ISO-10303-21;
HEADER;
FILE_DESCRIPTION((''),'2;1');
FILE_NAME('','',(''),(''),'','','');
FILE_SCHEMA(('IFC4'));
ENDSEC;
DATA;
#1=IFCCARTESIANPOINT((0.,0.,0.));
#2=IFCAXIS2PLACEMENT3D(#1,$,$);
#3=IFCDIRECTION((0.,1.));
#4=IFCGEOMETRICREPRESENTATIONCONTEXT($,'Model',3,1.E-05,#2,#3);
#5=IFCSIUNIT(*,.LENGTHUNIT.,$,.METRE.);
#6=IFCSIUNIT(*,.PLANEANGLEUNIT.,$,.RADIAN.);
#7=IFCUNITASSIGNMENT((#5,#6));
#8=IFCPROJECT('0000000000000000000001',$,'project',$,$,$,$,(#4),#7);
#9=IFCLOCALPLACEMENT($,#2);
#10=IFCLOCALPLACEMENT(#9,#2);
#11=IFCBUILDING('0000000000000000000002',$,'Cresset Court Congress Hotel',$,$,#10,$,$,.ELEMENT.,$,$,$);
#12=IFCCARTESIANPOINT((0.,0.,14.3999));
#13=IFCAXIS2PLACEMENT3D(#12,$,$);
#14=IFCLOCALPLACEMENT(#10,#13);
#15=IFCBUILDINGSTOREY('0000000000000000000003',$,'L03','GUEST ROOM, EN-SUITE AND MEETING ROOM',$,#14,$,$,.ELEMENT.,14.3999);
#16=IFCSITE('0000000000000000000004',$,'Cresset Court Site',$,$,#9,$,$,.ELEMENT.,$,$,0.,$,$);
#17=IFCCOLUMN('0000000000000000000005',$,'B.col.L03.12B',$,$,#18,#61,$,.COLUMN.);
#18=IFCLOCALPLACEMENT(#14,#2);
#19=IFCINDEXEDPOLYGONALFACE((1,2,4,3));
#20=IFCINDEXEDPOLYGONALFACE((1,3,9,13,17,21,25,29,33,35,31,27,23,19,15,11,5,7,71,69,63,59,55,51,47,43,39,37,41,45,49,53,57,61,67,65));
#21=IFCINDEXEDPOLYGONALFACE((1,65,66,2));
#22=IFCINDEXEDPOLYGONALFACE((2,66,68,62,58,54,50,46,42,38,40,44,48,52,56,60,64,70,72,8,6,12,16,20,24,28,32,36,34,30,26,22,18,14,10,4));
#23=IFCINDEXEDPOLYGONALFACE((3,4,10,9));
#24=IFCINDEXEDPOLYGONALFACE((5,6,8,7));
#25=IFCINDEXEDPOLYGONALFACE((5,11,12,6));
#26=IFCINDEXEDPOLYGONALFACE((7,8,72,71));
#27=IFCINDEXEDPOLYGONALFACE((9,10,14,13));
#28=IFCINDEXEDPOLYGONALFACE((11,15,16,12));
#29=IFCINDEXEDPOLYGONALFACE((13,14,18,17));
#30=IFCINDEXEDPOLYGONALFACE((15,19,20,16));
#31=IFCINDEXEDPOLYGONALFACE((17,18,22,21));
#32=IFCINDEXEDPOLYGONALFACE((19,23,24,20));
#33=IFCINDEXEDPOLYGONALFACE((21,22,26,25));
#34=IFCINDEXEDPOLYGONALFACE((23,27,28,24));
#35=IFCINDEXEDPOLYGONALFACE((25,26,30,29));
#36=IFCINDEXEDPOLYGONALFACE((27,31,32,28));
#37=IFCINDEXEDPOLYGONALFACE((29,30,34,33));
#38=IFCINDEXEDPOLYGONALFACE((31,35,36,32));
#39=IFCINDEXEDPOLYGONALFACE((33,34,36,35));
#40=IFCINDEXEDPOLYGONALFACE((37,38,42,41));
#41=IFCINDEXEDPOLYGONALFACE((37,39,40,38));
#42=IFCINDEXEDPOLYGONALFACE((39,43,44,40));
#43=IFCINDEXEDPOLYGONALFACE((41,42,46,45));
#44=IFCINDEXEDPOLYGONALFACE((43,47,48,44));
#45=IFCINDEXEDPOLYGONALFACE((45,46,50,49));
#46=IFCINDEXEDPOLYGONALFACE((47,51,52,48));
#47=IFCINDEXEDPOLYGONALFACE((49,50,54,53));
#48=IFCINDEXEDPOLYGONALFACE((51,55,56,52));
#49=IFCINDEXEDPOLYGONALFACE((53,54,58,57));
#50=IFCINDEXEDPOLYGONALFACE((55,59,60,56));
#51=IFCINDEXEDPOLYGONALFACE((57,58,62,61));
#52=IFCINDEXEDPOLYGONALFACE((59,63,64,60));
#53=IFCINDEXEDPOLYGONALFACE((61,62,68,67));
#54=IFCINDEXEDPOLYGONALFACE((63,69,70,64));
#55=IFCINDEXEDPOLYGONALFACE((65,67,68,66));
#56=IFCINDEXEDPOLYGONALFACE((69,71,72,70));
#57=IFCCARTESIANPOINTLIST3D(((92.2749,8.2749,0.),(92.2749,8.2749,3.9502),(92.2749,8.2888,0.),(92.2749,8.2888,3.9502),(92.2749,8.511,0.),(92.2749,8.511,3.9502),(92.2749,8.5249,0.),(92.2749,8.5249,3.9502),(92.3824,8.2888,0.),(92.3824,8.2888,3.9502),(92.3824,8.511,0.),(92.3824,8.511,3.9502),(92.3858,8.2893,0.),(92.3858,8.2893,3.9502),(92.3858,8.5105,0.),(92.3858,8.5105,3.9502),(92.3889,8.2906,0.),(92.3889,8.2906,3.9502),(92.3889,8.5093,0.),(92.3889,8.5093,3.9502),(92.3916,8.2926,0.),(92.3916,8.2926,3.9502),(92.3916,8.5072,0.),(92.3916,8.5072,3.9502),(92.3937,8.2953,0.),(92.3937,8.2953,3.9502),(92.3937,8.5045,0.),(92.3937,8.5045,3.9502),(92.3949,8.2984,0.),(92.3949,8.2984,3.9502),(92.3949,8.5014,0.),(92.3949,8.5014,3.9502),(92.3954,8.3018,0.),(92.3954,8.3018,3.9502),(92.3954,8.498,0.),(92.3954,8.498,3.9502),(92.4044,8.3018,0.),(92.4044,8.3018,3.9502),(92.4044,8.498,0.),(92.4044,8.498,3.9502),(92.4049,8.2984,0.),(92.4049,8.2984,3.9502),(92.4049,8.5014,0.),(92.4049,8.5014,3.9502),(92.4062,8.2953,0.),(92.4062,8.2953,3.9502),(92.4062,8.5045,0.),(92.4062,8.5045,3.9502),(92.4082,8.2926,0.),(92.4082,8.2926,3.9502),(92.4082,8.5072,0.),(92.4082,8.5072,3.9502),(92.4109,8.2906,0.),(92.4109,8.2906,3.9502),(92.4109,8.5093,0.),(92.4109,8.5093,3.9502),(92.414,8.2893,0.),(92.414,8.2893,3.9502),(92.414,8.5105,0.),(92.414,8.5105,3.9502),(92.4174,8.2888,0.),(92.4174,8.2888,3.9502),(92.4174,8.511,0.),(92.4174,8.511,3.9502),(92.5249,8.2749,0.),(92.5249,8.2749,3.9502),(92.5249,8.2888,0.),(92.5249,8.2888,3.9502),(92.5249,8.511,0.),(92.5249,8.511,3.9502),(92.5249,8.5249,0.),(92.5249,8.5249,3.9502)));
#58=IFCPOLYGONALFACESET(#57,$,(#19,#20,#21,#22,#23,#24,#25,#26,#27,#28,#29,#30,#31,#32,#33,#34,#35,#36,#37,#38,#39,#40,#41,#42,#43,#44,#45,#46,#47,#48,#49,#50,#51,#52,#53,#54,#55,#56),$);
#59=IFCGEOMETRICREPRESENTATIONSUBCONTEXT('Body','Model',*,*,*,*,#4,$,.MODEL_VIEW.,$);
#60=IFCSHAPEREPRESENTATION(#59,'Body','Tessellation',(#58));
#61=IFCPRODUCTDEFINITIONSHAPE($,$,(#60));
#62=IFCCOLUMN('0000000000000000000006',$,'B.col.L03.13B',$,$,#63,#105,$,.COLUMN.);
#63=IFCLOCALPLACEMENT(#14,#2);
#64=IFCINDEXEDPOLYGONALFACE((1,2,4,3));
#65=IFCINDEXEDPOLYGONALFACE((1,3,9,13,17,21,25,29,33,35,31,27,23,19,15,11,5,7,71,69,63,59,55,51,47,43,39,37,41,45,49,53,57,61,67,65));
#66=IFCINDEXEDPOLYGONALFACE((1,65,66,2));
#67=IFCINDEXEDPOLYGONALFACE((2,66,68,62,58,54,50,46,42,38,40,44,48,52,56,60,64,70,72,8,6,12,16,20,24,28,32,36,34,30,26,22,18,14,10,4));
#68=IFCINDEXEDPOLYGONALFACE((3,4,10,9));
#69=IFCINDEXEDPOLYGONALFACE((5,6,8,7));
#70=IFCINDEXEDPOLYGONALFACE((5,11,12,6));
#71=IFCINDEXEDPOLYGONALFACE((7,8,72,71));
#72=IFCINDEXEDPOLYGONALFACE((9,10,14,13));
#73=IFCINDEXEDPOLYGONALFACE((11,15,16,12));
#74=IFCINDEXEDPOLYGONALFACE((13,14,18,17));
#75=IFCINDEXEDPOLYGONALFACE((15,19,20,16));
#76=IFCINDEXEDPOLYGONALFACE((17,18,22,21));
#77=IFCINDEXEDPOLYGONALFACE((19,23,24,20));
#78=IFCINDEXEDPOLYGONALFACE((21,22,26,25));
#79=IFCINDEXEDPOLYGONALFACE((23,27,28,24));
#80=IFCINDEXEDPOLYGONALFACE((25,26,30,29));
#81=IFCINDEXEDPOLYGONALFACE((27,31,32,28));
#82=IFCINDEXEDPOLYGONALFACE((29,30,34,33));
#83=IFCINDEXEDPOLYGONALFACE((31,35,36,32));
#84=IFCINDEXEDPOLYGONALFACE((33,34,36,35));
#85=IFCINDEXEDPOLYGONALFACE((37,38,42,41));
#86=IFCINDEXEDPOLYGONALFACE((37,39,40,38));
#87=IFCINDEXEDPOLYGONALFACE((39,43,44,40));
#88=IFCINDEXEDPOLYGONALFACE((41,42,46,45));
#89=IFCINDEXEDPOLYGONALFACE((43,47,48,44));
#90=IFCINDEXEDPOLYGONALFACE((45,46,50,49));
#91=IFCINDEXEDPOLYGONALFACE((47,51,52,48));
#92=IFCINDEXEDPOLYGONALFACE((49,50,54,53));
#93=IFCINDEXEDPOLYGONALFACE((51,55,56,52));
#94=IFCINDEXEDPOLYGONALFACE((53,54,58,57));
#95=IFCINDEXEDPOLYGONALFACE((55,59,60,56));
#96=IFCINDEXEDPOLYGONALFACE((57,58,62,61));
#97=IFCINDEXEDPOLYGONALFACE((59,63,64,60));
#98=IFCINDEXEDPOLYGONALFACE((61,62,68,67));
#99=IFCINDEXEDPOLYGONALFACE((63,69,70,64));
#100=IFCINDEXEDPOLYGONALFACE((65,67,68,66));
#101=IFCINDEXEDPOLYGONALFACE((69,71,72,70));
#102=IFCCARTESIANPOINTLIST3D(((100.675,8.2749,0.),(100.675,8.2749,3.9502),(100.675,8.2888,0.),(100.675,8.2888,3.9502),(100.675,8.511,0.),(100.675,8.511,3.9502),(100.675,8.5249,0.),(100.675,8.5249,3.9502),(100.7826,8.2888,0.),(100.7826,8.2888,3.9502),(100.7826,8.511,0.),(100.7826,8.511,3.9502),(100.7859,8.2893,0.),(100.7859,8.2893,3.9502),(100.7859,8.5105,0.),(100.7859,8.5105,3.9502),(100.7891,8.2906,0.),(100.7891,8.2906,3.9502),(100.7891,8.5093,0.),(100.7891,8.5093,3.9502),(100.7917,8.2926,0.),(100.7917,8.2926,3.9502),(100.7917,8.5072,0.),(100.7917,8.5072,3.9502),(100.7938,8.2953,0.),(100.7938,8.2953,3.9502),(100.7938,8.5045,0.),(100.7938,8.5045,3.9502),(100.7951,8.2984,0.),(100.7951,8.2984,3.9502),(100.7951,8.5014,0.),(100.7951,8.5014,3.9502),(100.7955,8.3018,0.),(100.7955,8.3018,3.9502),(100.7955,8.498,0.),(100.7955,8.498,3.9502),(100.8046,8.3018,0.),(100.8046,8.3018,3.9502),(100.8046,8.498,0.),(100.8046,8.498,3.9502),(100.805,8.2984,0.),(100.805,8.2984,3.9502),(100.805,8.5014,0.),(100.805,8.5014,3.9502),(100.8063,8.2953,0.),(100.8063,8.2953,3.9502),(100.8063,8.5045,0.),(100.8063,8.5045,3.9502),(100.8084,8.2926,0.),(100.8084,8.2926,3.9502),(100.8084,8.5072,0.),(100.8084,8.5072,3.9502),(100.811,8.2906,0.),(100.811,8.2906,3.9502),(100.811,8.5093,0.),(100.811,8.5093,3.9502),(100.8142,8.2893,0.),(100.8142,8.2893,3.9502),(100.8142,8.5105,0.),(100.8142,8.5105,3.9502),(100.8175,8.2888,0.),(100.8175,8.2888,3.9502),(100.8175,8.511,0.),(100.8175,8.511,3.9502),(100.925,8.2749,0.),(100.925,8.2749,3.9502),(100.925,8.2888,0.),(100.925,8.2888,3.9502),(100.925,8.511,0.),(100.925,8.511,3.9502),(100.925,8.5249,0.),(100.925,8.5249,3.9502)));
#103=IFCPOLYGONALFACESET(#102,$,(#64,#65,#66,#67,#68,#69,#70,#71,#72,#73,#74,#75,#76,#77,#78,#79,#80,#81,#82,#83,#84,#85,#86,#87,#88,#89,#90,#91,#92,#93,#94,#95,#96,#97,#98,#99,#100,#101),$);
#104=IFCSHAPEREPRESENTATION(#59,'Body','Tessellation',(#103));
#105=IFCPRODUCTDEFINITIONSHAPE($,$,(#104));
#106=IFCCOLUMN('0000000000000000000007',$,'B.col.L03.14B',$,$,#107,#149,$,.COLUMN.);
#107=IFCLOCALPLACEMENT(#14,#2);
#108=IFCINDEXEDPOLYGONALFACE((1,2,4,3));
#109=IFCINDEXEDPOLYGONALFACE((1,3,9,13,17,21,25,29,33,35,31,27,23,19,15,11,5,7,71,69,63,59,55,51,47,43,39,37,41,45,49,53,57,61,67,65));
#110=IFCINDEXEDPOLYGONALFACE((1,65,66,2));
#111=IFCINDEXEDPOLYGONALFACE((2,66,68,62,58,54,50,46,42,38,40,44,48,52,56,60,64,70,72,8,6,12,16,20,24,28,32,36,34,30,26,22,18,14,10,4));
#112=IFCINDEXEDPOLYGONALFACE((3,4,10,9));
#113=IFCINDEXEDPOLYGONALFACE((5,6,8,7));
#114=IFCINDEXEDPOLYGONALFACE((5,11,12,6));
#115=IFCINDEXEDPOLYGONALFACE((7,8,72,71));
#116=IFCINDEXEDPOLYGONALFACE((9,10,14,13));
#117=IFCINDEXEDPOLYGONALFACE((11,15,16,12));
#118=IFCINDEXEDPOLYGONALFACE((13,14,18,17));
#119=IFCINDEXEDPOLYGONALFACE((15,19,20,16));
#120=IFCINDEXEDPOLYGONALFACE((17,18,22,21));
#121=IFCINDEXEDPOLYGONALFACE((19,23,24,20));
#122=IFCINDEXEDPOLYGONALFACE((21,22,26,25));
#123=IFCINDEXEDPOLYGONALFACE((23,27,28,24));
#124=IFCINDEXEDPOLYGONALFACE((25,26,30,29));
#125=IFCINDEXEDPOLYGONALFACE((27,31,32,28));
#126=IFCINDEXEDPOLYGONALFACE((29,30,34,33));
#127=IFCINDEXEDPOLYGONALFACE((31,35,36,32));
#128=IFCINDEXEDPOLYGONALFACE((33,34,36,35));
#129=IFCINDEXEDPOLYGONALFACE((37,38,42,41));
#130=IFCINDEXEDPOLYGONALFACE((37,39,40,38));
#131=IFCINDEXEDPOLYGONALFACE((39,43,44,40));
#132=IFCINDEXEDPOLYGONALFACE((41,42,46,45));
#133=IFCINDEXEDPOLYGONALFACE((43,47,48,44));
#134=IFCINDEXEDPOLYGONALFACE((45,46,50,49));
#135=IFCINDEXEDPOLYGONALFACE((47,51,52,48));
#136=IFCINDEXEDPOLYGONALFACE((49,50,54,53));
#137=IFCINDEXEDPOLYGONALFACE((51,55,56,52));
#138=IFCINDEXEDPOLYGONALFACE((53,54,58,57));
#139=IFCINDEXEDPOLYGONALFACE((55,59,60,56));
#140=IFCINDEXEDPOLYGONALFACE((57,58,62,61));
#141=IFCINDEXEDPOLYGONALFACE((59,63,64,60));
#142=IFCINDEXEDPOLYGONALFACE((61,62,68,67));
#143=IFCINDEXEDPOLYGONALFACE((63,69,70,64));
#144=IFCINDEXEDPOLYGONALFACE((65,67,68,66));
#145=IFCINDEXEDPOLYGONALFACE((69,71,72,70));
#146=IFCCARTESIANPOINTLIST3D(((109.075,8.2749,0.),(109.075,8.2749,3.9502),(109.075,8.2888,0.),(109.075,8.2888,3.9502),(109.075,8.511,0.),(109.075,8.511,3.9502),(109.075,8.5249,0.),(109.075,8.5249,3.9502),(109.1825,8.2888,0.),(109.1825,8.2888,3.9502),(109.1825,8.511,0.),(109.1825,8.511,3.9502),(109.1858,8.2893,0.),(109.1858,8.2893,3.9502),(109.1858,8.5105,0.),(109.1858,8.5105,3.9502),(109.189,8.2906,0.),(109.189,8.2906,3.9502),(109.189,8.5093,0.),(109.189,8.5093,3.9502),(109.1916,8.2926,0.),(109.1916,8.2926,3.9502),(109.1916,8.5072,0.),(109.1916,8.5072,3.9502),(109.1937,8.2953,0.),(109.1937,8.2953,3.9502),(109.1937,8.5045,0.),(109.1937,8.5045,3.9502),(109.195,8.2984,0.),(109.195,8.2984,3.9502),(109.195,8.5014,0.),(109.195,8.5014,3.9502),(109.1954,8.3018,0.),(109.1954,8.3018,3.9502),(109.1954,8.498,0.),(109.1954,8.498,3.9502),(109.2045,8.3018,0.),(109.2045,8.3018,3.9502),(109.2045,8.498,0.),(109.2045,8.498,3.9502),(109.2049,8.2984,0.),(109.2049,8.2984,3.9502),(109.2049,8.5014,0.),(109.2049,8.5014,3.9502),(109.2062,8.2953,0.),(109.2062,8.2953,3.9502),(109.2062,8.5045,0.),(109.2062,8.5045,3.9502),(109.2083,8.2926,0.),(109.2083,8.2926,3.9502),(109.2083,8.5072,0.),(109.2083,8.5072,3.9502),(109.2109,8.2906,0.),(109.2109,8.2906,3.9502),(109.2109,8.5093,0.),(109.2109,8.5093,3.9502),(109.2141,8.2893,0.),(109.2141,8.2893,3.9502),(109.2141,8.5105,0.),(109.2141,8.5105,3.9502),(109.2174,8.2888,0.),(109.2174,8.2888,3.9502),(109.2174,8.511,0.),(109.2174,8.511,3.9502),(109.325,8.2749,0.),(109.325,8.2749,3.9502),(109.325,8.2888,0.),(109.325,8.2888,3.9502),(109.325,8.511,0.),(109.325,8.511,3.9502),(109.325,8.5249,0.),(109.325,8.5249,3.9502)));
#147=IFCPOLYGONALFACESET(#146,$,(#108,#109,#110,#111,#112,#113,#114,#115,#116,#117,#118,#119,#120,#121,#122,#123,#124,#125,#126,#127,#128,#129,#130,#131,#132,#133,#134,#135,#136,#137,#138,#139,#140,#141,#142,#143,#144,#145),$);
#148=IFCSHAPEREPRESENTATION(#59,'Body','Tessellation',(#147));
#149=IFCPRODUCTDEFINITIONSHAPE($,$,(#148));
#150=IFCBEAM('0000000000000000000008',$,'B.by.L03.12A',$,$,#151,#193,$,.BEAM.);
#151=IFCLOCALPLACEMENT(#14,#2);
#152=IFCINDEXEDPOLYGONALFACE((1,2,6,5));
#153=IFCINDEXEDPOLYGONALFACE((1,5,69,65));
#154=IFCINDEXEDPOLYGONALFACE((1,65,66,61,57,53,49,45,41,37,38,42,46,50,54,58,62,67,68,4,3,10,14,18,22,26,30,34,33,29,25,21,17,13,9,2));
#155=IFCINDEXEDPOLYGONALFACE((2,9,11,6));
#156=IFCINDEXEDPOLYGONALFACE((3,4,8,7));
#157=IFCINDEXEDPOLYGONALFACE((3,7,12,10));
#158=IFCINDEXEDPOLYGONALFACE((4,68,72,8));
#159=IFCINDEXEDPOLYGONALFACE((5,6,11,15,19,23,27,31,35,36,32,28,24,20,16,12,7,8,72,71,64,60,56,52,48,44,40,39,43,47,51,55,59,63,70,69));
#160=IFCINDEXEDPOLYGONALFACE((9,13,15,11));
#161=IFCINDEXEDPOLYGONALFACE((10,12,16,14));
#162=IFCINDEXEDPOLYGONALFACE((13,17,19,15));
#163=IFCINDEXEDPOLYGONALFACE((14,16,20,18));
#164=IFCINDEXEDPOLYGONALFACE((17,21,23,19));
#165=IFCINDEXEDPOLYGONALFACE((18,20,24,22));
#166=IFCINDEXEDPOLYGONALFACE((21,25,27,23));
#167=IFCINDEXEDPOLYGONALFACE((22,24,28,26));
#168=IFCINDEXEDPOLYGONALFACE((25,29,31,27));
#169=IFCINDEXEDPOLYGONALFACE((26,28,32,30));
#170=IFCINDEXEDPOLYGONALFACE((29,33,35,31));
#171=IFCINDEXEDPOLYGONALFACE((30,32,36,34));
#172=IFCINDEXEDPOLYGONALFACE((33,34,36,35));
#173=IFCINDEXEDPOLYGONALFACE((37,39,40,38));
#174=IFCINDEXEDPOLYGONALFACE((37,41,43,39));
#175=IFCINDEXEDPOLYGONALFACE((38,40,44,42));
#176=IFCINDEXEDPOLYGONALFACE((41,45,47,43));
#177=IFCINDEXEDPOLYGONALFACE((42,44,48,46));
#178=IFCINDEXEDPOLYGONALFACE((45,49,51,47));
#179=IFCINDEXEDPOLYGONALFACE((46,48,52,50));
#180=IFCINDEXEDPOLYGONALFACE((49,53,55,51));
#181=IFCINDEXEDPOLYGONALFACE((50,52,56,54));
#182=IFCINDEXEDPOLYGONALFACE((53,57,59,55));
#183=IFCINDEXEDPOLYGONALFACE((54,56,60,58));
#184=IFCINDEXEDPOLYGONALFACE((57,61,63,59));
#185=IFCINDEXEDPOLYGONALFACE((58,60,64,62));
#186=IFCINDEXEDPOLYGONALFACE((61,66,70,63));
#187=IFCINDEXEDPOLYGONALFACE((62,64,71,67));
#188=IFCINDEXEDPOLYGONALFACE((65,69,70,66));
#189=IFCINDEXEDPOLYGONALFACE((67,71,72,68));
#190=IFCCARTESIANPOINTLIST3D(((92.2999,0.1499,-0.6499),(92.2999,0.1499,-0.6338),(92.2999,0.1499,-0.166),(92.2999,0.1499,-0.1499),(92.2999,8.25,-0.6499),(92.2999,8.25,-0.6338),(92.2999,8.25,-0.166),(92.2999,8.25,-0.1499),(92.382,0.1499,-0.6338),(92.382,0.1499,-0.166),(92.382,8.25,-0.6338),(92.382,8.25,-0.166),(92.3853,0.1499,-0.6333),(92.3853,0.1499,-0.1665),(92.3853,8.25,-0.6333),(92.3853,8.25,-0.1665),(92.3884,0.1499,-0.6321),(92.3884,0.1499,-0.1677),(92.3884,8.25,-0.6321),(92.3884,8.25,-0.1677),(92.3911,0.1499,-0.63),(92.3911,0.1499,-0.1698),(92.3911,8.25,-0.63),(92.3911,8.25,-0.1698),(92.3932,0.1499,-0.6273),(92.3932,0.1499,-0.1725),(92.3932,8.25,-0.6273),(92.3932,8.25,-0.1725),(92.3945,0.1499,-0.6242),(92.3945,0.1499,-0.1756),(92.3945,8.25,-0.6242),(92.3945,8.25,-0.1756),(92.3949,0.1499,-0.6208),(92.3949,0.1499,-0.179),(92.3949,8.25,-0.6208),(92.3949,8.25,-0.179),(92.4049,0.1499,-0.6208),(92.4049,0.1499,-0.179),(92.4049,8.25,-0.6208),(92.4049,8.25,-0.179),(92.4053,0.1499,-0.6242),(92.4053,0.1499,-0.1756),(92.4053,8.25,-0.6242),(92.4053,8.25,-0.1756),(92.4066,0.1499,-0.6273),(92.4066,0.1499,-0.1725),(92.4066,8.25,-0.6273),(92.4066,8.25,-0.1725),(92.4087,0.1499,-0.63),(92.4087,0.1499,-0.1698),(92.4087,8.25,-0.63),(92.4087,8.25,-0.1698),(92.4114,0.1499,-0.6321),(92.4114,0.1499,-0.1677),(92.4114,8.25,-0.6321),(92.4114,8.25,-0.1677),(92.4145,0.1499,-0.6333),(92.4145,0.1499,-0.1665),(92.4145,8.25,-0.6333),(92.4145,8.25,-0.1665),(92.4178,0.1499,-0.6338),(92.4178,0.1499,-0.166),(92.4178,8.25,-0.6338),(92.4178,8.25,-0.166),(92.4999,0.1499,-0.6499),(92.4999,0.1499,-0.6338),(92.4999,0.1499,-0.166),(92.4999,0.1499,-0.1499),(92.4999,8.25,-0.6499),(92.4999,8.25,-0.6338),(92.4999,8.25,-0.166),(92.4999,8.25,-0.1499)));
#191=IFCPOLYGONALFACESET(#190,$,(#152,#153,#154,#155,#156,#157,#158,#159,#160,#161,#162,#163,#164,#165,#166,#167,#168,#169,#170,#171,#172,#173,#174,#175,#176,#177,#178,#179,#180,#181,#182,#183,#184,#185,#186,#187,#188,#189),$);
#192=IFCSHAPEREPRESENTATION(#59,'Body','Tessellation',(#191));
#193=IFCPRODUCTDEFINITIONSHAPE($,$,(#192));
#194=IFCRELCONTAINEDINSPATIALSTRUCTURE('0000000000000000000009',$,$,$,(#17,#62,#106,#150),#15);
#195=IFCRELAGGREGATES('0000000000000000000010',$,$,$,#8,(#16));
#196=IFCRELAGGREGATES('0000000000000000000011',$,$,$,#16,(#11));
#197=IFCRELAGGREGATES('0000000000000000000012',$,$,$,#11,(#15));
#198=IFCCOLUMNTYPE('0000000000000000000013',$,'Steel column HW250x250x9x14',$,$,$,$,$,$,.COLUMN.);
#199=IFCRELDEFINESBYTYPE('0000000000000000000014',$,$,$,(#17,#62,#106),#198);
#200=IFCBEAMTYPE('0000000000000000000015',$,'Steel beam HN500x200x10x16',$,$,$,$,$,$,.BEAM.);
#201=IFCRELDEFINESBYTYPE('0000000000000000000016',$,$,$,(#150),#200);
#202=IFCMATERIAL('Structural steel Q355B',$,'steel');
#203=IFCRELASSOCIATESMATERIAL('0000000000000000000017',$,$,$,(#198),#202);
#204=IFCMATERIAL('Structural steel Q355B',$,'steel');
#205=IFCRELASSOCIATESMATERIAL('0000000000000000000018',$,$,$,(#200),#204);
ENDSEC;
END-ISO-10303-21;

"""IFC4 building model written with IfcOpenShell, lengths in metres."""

from ifc_helpers import new_model, si_unit, direction, frame, origin, origin_2d, place, context, subcontext, project, spatial, i_section, extrude, material, material_profile, profile_set, type_object, element, save


model = new_model("IFC4")

# Units and contexts
model_context = context("Model", 3, precision=1e-05, world=origin(), true_north=direction((0.0, 1.0)))
body_context = subcontext(model_context, "Body", "Model", "MODEL_VIEW")
ifc_project = project(units=[si_unit("LENGTHUNIT", "METRE"), si_unit("PLANEANGLEUNIT", "RADIAN")], contexts=[model_context])

# Site, building, storey
site_placement = place(None, origin())
site = spatial("IfcSite", under=ifc_project, at=site_placement, Name="Cresset Court Site", CompositionType="ELEMENT", RefElevation=0.0)
building_placement = place(site_placement, origin())
building = spatial("IfcBuilding", under=site, at=building_placement, Name="Cresset Court Congress Hotel", CompositionType="ELEMENT")
storey_placement = place(building_placement, frame((0.0, 0.0, 14.3999)))
storey = spatial("IfcBuildingStorey", under=building, at=storey_placement, Name="L03", Description="GUEST ROOM, EN-SUITE AND MEETING ROOM", CompositionType="ELEMENT", Elevation=14.3999)

# Columns
ifc_material_1 = material(Name="Structural steel Q355B", Category="steel")
ifc_material_profile_1 = material_profile(ifc_material_1, i_section(OverallWidth=0.25, OverallDepth=0.25, WebThickness=0.009, FlangeThickness=0.0139, FilletRadius=0.0129, at=origin_2d()), Name="HW250x250x9x14")
ifc_profile_set_1 = profile_set([ifc_material_profile_1], Name="Structural steel Q355B")
column_type = type_object("IfcColumnType", Name="Steel column HW250x250x9x14", PredefinedType="COLUMN", material=ifc_profile_set_1)
for number, where, z_axis, x_axis, name in (
    (1, (92.3999, 8.3999, 0.0), (0.0, 0.0, 1.0), (1.0, 0.0, 0.0), "B.col.L03.12B"),
    (2, (100.8, 8.3999, 0.0), (0.0, 0.0, 1.0), (1.0, 0.0, 0.0), "B.col.L03.13B"),
    (3, (109.2, 8.3999, 0.0), (0.0, 0.0, 1.0), (1.0, 0.0, 0.0), "B.col.L03.14B"),
):
    element("IfcColumn", number, at=place(storey_placement, frame(where, z_axis=z_axis, x_axis=x_axis)), inside=storey, type_object=column_type, Name=name, PredefinedType="COLUMN", context=body_context, shape_type="SweptSolid", body=[
        extrude(i_section(OverallWidth=0.25, OverallDepth=0.25, WebThickness=0.009, FlangeThickness=0.0139, FilletRadius=0.0129, at=origin_2d()), origin(), (0.0, 0.0, 1.0), 3.9502),
    ])

# Beam
ifc_material_2 = material(Name="Structural steel Q355B", Category="steel")
ifc_material_profile_2 = material_profile(ifc_material_2, i_section(OverallWidth=0.2, OverallDepth=0.5, WebThickness=0.01, FlangeThickness=0.0161, FilletRadius=0.0129, at=origin_2d()), Name="HN500x200x10x16")
ifc_profile_set_2 = profile_set([ifc_material_profile_2], Name="Structural steel Q355B")
beam_type_1 = type_object("IfcBeamType", Name="Steel beam HN500x200x10x16", PredefinedType="BEAM", material=ifc_profile_set_2)
beam_1_placement = place(storey_placement, frame((92.3999, 0.1499, -0.3999), z_axis=(0.0, 1.0, 0.0), x_axis=(-1.0, 0.0, 0.0)))
element("IfcBeam", 4, at=beam_1_placement, inside=storey, type_object=beam_type_1, Name="B.by.L03.12A", PredefinedType="BEAM", context=body_context, shape_type="SweptSolid", body=[
    extrude(i_section(OverallWidth=0.2, OverallDepth=0.5, WebThickness=0.01, FlangeThickness=0.0161, FilletRadius=0.0129, at=origin_2d()), origin(), (0.0, 0.0, 1.0), 8.1001),
])

save(model, "model.ifc")
